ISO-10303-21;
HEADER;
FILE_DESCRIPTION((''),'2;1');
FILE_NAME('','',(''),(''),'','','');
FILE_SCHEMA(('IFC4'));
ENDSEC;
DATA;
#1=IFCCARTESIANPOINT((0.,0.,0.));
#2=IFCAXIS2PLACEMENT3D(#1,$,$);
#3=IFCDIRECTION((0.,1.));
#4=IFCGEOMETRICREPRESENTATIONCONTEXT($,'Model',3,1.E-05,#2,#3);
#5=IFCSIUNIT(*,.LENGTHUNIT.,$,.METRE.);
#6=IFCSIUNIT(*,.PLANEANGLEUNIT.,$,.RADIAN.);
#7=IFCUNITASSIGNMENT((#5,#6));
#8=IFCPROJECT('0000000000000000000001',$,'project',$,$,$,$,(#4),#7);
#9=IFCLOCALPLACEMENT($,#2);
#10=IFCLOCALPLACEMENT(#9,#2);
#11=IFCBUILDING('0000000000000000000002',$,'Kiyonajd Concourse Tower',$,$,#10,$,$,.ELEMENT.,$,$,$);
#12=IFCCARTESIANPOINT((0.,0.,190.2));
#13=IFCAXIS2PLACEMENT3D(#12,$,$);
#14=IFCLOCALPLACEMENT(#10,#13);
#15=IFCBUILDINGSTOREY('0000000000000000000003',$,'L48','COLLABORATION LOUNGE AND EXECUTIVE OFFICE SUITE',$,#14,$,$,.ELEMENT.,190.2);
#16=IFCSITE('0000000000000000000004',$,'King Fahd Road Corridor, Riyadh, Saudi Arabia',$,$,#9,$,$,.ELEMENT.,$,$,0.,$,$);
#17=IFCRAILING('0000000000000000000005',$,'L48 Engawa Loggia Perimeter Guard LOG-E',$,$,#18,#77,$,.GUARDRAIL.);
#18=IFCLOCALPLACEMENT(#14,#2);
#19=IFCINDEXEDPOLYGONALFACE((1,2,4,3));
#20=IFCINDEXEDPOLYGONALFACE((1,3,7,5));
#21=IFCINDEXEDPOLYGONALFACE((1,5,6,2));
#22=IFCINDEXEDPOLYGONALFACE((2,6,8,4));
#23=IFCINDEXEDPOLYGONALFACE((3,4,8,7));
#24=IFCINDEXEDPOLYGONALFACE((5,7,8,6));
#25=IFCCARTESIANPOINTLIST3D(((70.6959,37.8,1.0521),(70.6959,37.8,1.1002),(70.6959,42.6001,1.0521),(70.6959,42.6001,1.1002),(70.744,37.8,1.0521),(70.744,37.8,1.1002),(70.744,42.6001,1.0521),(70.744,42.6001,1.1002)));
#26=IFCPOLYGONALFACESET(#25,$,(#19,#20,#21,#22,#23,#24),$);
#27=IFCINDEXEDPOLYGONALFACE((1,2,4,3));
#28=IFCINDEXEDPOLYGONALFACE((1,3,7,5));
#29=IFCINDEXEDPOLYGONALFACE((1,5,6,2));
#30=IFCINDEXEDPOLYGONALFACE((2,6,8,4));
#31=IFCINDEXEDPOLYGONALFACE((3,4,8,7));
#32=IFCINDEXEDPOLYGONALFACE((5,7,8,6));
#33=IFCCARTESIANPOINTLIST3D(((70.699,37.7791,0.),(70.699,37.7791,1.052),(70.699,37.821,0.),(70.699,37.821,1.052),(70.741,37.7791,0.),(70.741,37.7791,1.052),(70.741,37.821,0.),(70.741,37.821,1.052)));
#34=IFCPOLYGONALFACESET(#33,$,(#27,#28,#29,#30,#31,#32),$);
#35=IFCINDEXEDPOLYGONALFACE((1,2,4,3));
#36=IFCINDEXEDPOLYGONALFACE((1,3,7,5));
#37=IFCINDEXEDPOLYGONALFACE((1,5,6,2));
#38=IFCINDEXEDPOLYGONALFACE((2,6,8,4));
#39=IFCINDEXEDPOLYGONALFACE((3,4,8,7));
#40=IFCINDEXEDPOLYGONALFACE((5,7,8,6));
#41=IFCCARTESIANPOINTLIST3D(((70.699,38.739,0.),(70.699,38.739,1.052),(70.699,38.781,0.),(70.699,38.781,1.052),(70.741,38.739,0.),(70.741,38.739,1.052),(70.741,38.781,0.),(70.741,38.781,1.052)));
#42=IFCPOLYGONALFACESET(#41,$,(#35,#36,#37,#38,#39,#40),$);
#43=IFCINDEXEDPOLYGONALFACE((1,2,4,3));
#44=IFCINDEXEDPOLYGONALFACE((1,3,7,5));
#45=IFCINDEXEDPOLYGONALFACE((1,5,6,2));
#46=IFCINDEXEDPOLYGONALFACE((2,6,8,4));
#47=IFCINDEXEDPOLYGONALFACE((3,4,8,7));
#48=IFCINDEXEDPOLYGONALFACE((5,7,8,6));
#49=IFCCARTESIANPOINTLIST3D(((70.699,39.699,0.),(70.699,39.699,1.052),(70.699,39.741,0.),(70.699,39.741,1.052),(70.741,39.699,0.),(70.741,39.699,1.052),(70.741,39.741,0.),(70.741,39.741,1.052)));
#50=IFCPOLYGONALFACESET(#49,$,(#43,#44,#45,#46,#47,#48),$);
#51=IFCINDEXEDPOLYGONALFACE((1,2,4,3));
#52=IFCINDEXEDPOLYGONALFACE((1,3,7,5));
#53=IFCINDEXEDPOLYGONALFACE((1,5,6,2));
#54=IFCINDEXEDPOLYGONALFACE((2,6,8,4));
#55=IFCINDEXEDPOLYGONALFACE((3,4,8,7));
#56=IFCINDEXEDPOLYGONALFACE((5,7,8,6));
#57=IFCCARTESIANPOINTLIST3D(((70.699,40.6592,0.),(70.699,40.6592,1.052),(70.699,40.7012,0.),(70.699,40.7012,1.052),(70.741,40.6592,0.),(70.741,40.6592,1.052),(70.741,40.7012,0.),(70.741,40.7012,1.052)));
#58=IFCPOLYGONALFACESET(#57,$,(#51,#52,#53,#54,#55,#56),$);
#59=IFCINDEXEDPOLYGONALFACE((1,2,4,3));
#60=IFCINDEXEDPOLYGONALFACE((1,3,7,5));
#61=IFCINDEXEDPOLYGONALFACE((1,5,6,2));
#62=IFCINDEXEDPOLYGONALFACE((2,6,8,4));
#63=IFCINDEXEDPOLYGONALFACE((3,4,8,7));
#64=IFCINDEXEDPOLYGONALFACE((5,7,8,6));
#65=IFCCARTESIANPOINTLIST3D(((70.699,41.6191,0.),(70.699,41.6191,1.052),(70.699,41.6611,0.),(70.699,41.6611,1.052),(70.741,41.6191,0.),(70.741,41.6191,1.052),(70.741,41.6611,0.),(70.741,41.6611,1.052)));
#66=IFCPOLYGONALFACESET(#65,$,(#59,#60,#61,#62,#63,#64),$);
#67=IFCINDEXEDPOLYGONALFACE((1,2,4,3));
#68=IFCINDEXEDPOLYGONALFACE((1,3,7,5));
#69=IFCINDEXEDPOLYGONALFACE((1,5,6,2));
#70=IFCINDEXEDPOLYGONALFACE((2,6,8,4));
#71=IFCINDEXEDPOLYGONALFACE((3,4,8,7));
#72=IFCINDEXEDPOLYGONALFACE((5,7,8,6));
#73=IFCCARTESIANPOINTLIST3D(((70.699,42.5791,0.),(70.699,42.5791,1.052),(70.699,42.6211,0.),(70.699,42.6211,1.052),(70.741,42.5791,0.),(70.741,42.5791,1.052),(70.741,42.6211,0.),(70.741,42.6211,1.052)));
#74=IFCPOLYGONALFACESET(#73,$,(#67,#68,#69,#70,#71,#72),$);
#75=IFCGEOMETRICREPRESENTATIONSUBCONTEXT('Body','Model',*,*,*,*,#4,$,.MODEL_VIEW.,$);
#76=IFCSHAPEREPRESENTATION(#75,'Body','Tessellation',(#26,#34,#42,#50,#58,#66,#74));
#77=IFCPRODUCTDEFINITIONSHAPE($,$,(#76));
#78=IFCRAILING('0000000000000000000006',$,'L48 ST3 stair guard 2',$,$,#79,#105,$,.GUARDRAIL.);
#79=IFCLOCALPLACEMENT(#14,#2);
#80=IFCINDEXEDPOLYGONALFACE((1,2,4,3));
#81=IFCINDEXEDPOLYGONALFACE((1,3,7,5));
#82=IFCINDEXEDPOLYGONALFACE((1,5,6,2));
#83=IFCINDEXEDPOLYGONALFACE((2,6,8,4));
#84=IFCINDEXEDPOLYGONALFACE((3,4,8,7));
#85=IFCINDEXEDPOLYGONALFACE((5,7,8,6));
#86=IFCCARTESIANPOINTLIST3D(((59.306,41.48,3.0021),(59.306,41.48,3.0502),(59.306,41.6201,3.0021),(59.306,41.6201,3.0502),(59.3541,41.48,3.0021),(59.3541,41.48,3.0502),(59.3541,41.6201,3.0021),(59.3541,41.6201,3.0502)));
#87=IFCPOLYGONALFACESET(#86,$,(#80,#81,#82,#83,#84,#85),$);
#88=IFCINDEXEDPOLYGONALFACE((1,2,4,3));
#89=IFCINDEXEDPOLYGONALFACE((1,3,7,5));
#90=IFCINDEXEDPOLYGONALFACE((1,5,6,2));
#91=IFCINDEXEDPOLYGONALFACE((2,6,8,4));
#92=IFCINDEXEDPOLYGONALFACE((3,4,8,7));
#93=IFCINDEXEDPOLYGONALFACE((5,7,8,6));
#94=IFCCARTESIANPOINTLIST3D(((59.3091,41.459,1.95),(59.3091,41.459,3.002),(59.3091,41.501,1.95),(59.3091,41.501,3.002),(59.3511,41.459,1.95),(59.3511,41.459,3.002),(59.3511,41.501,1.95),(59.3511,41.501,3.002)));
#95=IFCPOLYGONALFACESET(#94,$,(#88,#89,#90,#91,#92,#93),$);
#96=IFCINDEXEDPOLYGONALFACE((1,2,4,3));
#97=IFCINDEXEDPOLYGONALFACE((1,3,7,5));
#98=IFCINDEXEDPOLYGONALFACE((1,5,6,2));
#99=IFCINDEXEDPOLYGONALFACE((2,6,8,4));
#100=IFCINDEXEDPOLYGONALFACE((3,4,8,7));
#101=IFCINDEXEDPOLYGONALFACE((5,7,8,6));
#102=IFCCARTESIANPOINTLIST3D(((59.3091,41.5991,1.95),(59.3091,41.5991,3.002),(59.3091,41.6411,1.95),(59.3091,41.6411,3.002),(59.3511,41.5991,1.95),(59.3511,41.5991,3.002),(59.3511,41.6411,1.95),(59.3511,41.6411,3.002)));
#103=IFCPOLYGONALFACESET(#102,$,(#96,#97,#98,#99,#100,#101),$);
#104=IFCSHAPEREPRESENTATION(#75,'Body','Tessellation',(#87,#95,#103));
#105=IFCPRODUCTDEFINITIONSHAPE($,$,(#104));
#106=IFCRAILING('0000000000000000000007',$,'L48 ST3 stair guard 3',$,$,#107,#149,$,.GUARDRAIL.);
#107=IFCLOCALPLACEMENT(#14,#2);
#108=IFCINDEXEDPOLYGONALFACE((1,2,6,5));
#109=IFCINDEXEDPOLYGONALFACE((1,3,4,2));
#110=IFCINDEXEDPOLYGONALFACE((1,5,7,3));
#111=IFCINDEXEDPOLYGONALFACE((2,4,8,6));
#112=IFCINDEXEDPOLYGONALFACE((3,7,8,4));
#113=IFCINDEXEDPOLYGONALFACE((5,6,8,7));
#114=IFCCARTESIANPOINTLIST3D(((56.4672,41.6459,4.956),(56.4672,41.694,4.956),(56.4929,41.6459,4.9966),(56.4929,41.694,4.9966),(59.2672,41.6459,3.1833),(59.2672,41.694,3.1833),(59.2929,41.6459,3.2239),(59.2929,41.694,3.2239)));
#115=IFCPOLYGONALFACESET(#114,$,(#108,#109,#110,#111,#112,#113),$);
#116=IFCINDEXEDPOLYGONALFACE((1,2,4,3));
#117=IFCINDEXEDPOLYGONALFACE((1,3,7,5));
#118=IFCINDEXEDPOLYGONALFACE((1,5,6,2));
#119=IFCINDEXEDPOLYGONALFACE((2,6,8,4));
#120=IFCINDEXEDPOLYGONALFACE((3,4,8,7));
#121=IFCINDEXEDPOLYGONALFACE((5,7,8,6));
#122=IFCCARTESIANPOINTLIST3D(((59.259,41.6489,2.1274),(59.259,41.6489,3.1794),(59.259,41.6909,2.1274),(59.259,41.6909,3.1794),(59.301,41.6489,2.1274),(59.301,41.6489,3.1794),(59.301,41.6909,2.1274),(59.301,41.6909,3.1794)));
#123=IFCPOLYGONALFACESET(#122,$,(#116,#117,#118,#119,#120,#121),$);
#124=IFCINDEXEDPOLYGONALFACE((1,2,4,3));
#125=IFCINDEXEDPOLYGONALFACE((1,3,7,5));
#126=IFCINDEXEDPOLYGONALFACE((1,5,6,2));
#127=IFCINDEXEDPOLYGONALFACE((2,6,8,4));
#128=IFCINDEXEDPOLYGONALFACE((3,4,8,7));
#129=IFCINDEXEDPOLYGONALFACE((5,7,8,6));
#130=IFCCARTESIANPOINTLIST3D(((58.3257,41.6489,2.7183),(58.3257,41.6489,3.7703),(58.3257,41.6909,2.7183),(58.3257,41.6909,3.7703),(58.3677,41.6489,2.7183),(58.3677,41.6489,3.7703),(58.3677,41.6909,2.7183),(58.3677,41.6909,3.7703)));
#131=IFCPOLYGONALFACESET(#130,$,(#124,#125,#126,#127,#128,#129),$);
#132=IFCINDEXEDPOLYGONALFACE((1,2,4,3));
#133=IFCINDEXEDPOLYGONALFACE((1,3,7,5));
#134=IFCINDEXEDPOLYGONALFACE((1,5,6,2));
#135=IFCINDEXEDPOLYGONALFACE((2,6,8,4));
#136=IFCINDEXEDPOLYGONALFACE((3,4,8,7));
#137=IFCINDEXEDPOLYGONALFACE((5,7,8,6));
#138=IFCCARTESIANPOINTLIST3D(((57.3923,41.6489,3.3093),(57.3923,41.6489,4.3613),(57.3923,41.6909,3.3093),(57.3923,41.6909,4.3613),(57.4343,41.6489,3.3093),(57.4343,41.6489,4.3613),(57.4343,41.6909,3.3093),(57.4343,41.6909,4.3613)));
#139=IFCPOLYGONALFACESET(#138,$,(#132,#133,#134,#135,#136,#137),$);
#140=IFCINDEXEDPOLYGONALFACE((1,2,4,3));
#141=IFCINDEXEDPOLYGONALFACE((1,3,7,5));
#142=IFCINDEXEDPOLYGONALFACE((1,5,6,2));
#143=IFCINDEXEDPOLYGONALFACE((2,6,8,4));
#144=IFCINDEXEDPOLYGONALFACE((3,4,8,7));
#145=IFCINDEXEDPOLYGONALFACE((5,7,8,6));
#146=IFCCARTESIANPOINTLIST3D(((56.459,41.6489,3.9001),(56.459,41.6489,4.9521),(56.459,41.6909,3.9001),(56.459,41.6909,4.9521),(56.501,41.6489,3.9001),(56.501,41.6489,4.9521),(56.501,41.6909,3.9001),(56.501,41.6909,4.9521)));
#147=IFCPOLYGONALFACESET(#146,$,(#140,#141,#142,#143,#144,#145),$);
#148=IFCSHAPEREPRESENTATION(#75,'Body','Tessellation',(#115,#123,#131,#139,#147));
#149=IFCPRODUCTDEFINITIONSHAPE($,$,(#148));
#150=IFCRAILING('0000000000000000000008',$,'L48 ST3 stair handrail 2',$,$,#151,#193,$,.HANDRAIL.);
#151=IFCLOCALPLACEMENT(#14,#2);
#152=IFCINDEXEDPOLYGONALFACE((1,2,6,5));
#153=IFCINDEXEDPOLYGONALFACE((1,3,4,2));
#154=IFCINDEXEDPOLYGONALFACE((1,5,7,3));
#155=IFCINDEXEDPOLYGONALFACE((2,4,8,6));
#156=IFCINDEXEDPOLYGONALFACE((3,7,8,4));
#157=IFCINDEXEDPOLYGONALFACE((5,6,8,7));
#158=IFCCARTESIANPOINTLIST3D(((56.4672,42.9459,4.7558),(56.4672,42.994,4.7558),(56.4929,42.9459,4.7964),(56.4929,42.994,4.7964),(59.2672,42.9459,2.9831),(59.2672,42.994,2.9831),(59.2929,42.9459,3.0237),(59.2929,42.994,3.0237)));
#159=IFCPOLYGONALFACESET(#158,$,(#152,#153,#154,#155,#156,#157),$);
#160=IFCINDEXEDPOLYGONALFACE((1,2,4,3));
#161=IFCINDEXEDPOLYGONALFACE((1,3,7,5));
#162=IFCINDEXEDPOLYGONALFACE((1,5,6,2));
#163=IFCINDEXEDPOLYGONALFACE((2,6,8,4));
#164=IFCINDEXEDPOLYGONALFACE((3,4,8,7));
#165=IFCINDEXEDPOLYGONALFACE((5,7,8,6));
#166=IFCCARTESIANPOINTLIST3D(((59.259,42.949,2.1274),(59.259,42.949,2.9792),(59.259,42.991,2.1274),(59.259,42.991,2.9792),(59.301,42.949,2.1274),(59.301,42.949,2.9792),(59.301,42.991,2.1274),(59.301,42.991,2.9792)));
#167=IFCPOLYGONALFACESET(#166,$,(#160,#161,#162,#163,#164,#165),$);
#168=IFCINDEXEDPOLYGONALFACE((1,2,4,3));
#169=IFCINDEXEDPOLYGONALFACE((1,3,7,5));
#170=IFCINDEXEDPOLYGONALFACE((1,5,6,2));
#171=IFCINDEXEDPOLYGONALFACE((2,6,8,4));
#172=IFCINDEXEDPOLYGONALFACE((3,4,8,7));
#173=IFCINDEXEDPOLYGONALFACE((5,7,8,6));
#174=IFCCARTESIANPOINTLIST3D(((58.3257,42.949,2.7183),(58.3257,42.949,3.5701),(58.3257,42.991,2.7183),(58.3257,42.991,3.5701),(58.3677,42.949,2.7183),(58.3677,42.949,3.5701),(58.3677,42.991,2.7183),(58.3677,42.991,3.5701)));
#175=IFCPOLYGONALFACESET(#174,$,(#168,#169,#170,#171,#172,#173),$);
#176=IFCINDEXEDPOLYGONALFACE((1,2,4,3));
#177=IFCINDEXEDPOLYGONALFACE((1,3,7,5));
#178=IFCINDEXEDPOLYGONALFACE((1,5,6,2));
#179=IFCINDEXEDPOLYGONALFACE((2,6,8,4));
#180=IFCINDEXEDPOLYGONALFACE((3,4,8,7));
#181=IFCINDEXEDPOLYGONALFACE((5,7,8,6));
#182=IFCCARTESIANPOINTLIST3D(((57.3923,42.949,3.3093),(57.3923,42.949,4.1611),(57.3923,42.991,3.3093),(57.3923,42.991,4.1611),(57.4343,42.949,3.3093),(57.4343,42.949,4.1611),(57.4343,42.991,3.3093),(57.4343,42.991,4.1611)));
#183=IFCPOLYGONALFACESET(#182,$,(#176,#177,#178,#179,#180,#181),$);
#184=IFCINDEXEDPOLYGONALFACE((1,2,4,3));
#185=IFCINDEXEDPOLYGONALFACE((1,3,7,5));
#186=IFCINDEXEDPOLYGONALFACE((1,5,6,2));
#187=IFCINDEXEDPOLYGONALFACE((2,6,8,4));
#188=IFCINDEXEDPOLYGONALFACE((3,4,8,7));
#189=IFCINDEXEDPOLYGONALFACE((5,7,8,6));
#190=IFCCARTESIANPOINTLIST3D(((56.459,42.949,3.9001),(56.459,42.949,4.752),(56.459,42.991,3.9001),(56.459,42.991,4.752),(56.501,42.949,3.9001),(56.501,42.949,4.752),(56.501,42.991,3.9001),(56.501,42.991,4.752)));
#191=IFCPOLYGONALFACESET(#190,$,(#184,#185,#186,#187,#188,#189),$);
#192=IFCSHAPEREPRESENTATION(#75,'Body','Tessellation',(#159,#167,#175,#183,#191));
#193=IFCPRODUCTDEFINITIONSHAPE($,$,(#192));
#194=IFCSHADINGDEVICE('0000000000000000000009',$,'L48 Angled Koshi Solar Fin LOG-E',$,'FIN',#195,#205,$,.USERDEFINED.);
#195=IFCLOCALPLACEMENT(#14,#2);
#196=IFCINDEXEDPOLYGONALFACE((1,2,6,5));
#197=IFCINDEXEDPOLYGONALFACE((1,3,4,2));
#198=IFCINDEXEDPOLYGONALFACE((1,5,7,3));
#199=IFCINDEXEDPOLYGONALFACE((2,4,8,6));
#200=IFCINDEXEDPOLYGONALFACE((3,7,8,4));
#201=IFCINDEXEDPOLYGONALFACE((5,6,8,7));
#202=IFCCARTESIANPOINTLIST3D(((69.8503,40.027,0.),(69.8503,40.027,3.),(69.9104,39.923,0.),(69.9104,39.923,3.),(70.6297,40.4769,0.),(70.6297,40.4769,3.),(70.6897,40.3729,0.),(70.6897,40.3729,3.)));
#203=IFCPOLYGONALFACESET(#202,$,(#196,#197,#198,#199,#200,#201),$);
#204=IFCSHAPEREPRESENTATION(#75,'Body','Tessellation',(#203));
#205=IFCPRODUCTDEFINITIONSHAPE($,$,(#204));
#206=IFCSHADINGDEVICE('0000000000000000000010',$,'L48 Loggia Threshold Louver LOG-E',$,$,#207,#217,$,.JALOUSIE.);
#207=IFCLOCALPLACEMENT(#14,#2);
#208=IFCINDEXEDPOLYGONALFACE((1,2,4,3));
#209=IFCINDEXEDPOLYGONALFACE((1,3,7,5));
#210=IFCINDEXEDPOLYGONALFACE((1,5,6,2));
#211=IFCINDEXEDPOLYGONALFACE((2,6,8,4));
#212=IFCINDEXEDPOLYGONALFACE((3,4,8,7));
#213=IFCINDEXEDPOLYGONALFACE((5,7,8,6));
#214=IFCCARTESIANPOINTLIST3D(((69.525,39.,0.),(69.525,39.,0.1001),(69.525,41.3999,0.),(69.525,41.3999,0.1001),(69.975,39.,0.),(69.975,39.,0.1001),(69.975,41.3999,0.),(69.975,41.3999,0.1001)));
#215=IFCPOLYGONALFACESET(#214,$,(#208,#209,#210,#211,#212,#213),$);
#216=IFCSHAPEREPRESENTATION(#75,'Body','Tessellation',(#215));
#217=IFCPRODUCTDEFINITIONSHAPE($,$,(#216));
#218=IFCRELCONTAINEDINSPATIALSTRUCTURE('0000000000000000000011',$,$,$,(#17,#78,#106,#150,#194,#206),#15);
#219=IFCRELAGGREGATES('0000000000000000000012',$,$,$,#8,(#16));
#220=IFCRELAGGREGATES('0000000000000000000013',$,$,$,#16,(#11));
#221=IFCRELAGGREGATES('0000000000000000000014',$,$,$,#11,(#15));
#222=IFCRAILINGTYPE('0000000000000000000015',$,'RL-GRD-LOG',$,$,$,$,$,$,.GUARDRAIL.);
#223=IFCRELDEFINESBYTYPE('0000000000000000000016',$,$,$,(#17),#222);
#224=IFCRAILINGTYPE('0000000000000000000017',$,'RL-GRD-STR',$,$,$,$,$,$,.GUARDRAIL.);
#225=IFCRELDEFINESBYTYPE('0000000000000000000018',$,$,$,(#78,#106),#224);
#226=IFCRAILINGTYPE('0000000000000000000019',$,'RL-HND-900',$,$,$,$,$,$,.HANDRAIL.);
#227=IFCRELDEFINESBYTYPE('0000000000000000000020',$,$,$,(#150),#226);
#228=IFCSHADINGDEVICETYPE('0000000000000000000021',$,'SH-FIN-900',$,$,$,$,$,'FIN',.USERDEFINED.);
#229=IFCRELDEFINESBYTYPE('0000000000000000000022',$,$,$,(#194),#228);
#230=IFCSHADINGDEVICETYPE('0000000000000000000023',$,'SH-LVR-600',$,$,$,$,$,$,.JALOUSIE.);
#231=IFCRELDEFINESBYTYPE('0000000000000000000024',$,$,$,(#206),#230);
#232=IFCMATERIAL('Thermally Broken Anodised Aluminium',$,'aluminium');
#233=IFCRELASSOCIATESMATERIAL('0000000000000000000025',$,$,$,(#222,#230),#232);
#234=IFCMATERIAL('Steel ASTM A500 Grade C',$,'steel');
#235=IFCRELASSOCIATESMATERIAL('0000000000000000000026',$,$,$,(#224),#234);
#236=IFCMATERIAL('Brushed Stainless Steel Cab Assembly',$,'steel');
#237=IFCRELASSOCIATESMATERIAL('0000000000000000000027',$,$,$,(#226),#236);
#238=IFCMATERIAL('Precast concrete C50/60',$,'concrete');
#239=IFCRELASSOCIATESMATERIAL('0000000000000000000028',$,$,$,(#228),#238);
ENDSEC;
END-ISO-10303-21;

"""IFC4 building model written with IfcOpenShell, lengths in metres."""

from ifc_helpers import new_model, si_unit, direction, frame, origin, origin_2d, place, context, subcontext, project, spatial, rectangle, extrude, material, type_object, element, save


model = new_model("IFC4")

# Units and contexts
model_context = context("Model", 3, precision=1e-05, world=origin(), true_north=direction((0.0, 1.0)))
body_context = subcontext(model_context, "Body", "Model", "MODEL_VIEW")
ifc_project = project(units=[si_unit("LENGTHUNIT", "METRE"), si_unit("PLANEANGLEUNIT", "RADIAN")], contexts=[model_context])

# Site, building, storey
site_placement = place(None, origin())
site = spatial("IfcSite", under=ifc_project, at=site_placement, Name="King Fahd Road Corridor, Riyadh, Saudi Arabia", CompositionType="ELEMENT", RefElevation=0.0)
building_placement = place(site_placement, origin())
building = spatial("IfcBuilding", under=site, at=building_placement, Name="Kiyonajd Concourse Tower", CompositionType="ELEMENT")
storey_placement = place(building_placement, frame((0.0, 0.0, 190.2)))
storey = spatial("IfcBuildingStorey", under=building, at=storey_placement, Name="L48", Description="COLLABORATION LOUNGE AND EXECUTIVE OFFICE SUITE", CompositionType="ELEMENT", Elevation=190.2)

# Shared definitions
ifc_material_1 = material(Name="Thermally Broken Anodised Aluminium", Category="aluminium")

# Shared definitions
ifc_material_2 = material(Name="Precast concrete C50/60", Category="concrete")

# Railings
railing_type_1 = type_object("IfcRailingType", Name="RL-GRD-LOG", PredefinedType="GUARDRAIL", material=ifc_material_1)
railing_1_placement = place(storey_placement, frame((70.72, 37.8, 0.0)))
element("IfcRailing", 1, at=railing_1_placement, inside=storey, type_object=railing_type_1, Name="L48 Engawa Loggia Perimeter Guard LOG-E", PredefinedType="GUARDRAIL", context=body_context, shape_type="SweptSolid", body=[
    extrude(rectangle(XDim=0.0481, YDim=0.0481, at=origin_2d()), frame((0.0, 0.0, 1.0762), z_axis=(0.0, 1.0, 0.0), x_axis=(-1.0, 0.0, 0.0)), (0.0, 0.0, 1.0), 4.8),
    extrude(rectangle(XDim=0.042, YDim=0.042, at=origin_2d()), origin(), (0.0, 0.0, 1.0), 1.052),
    extrude(rectangle(XDim=0.042, YDim=0.042, at=origin_2d()), frame((0.0, 0.96, 0.0)), (0.0, 0.0, 1.0), 1.052),
    extrude(rectangle(XDim=0.042, YDim=0.042, at=origin_2d()), frame((0.0, 1.9199, 0.0)), (0.0, 0.0, 1.0), 1.052),
    extrude(rectangle(XDim=0.042, YDim=0.042, at=origin_2d()), frame((0.0, 2.8801, 0.0)), (0.0, 0.0, 1.0), 1.052),
    extrude(rectangle(XDim=0.042, YDim=0.042, at=origin_2d()), frame((0.0, 3.8401, 0.0)), (0.0, 0.0, 1.0), 1.052),
    extrude(rectangle(XDim=0.042, YDim=0.042, at=origin_2d()), frame((0.0, 4.8, 0.0)), (0.0, 0.0, 1.0), 1.052),
])
ifc_material_3 = material(Name="Steel ASTM A500 Grade C", Category="steel")
railing_type_2 = type_object("IfcRailingType", Name="RL-GRD-STR", PredefinedType="GUARDRAIL", material=ifc_material_3)
railing_2_placement = place(storey_placement, frame((59.3301, 41.48, 1.95)))
element("IfcRailing", 2, at=railing_2_placement, inside=storey, type_object=railing_type_2, Name="L48 ST3 stair guard 2", PredefinedType="GUARDRAIL", context=body_context, shape_type="SweptSolid", body=[
    extrude(rectangle(XDim=0.0481, YDim=0.0481, at=origin_2d()), frame((0.0, 0.0, 1.0762), z_axis=(0.0, 1.0, 0.0), x_axis=(-1.0, 0.0, 0.0)), (0.0, 0.0, 1.0), 0.1401),
    extrude(rectangle(XDim=0.042, YDim=0.042, at=origin_2d()), origin(), (0.0, 0.0, 1.0), 1.052),
    extrude(rectangle(XDim=0.042, YDim=0.042, at=origin_2d()), frame((0.0, 0.1401, 0.0)), (0.0, 0.0, 1.0), 1.052),
])
railing_3_placement = place(storey_placement, frame((59.28, 41.6699, 2.1274)))
element("IfcRailing", 3, at=railing_3_placement, inside=storey, type_object=railing_type_2, Name="L48 ST3 stair guard 3", PredefinedType="GUARDRAIL", context=body_context, shape_type="SweptSolid", body=[
    extrude(rectangle(XDim=0.0481, YDim=0.0481, at=origin_2d()), frame((0.0, 0.0, 1.0762), z_axis=(-0.844909, 0.0, 0.53491), x_axis=(0.0, -1.0, 0.0)), (0.0, 0.0, 1.0), 3.314),
    extrude(rectangle(XDim=0.042, YDim=0.042, at=origin_2d()), origin(), (0.0, 0.0, 1.0), 1.052),
    extrude(rectangle(XDim=0.042, YDim=0.042, at=origin_2d()), frame((-0.9333, 0.0, 0.5908)), (0.0, 0.0, 1.0), 1.052),
    extrude(rectangle(XDim=0.042, YDim=0.042, at=origin_2d()), frame((-1.8667, 0.0, 1.1819)), (0.0, 0.0, 1.0), 1.052),
    extrude(rectangle(XDim=0.042, YDim=0.042, at=origin_2d()), frame((-2.8, 0.0, 1.7727)), (0.0, 0.0, 1.0), 1.052),
])
ifc_material_4 = material(Name="Brushed Stainless Steel Cab Assembly", Category="steel")
railing_type_3 = type_object("IfcRailingType", Name="RL-HND-900", PredefinedType="HANDRAIL", material=ifc_material_4)
railing_4_placement = place(storey_placement, frame((59.28, 42.97, 2.1274)))
element("IfcRailing", 4, at=railing_4_placement, inside=storey, type_object=railing_type_3, Name="L48 ST3 stair handrail 2", PredefinedType="HANDRAIL", context=body_context, shape_type="SweptSolid", body=[
    extrude(rectangle(XDim=0.0481, YDim=0.0481, at=origin_2d()), frame((0.0, 0.0, 0.876), z_axis=(-0.844909, 0.0, 0.53491), x_axis=(0.0, -1.0, 0.0)), (0.0, 0.0, 1.0), 3.314),
    extrude(rectangle(XDim=0.042, YDim=0.042, at=origin_2d()), origin(), (0.0, 0.0, 1.0), 0.8518),
    extrude(rectangle(XDim=0.042, YDim=0.042, at=origin_2d()), frame((-0.9333, 0.0, 0.5908)), (0.0, 0.0, 1.0), 0.8518),
    extrude(rectangle(XDim=0.042, YDim=0.042, at=origin_2d()), frame((-1.8667, 0.0, 1.1819)), (0.0, 0.0, 1.0), 0.8518),
    extrude(rectangle(XDim=0.042, YDim=0.042, at=origin_2d()), frame((-2.8, 0.0, 1.7727)), (0.0, 0.0, 1.0), 0.8518),
])

# Shading devices
shading_device_type_1 = type_object("IfcShadingDeviceType", Name="SH-FIN-900", ElementType="FIN", PredefinedType="USERDEFINED", material=ifc_material_2)
shading_device_1_placement = place(storey_placement, frame((70.27, 40.2, 0.0), z_axis=(0.0, 0.0, 1.0), x_axis=(0.866025, 0.5, 0.0)))
element("IfcShadingDevice", 5, at=shading_device_1_placement, inside=storey, type_object=shading_device_type_1, Name="L48 Angled Koshi Solar Fin LOG-E", ObjectType="FIN", PredefinedType="USERDEFINED", context=body_context, shape_type="SweptSolid", body=[
    extrude(rectangle(XDim=0.8999, YDim=0.1201, at=origin_2d()), origin(), (0.0, 0.0, 1.0), 3.0),
])
shading_device_type_2 = type_object("IfcShadingDeviceType", Name="SH-LVR-600", PredefinedType="JALOUSIE", material=ifc_material_1)
shading_device_2_placement = place(storey_placement, frame((69.75, 40.2, 0.0), z_axis=(0.0, 0.0, 1.0), x_axis=(0.0, 1.0, 0.0)))
element("IfcShadingDevice", 6, at=shading_device_2_placement, inside=storey, type_object=shading_device_type_2, Name="L48 Loggia Threshold Louver LOG-E", PredefinedType="JALOUSIE", context=body_context, shape_type="SweptSolid", body=[
    extrude(rectangle(XDim=2.3999, YDim=0.45, at=origin_2d()), origin(), (0.0, 0.0, 1.0), 0.1001),
])

save(model, "model.ifc")
